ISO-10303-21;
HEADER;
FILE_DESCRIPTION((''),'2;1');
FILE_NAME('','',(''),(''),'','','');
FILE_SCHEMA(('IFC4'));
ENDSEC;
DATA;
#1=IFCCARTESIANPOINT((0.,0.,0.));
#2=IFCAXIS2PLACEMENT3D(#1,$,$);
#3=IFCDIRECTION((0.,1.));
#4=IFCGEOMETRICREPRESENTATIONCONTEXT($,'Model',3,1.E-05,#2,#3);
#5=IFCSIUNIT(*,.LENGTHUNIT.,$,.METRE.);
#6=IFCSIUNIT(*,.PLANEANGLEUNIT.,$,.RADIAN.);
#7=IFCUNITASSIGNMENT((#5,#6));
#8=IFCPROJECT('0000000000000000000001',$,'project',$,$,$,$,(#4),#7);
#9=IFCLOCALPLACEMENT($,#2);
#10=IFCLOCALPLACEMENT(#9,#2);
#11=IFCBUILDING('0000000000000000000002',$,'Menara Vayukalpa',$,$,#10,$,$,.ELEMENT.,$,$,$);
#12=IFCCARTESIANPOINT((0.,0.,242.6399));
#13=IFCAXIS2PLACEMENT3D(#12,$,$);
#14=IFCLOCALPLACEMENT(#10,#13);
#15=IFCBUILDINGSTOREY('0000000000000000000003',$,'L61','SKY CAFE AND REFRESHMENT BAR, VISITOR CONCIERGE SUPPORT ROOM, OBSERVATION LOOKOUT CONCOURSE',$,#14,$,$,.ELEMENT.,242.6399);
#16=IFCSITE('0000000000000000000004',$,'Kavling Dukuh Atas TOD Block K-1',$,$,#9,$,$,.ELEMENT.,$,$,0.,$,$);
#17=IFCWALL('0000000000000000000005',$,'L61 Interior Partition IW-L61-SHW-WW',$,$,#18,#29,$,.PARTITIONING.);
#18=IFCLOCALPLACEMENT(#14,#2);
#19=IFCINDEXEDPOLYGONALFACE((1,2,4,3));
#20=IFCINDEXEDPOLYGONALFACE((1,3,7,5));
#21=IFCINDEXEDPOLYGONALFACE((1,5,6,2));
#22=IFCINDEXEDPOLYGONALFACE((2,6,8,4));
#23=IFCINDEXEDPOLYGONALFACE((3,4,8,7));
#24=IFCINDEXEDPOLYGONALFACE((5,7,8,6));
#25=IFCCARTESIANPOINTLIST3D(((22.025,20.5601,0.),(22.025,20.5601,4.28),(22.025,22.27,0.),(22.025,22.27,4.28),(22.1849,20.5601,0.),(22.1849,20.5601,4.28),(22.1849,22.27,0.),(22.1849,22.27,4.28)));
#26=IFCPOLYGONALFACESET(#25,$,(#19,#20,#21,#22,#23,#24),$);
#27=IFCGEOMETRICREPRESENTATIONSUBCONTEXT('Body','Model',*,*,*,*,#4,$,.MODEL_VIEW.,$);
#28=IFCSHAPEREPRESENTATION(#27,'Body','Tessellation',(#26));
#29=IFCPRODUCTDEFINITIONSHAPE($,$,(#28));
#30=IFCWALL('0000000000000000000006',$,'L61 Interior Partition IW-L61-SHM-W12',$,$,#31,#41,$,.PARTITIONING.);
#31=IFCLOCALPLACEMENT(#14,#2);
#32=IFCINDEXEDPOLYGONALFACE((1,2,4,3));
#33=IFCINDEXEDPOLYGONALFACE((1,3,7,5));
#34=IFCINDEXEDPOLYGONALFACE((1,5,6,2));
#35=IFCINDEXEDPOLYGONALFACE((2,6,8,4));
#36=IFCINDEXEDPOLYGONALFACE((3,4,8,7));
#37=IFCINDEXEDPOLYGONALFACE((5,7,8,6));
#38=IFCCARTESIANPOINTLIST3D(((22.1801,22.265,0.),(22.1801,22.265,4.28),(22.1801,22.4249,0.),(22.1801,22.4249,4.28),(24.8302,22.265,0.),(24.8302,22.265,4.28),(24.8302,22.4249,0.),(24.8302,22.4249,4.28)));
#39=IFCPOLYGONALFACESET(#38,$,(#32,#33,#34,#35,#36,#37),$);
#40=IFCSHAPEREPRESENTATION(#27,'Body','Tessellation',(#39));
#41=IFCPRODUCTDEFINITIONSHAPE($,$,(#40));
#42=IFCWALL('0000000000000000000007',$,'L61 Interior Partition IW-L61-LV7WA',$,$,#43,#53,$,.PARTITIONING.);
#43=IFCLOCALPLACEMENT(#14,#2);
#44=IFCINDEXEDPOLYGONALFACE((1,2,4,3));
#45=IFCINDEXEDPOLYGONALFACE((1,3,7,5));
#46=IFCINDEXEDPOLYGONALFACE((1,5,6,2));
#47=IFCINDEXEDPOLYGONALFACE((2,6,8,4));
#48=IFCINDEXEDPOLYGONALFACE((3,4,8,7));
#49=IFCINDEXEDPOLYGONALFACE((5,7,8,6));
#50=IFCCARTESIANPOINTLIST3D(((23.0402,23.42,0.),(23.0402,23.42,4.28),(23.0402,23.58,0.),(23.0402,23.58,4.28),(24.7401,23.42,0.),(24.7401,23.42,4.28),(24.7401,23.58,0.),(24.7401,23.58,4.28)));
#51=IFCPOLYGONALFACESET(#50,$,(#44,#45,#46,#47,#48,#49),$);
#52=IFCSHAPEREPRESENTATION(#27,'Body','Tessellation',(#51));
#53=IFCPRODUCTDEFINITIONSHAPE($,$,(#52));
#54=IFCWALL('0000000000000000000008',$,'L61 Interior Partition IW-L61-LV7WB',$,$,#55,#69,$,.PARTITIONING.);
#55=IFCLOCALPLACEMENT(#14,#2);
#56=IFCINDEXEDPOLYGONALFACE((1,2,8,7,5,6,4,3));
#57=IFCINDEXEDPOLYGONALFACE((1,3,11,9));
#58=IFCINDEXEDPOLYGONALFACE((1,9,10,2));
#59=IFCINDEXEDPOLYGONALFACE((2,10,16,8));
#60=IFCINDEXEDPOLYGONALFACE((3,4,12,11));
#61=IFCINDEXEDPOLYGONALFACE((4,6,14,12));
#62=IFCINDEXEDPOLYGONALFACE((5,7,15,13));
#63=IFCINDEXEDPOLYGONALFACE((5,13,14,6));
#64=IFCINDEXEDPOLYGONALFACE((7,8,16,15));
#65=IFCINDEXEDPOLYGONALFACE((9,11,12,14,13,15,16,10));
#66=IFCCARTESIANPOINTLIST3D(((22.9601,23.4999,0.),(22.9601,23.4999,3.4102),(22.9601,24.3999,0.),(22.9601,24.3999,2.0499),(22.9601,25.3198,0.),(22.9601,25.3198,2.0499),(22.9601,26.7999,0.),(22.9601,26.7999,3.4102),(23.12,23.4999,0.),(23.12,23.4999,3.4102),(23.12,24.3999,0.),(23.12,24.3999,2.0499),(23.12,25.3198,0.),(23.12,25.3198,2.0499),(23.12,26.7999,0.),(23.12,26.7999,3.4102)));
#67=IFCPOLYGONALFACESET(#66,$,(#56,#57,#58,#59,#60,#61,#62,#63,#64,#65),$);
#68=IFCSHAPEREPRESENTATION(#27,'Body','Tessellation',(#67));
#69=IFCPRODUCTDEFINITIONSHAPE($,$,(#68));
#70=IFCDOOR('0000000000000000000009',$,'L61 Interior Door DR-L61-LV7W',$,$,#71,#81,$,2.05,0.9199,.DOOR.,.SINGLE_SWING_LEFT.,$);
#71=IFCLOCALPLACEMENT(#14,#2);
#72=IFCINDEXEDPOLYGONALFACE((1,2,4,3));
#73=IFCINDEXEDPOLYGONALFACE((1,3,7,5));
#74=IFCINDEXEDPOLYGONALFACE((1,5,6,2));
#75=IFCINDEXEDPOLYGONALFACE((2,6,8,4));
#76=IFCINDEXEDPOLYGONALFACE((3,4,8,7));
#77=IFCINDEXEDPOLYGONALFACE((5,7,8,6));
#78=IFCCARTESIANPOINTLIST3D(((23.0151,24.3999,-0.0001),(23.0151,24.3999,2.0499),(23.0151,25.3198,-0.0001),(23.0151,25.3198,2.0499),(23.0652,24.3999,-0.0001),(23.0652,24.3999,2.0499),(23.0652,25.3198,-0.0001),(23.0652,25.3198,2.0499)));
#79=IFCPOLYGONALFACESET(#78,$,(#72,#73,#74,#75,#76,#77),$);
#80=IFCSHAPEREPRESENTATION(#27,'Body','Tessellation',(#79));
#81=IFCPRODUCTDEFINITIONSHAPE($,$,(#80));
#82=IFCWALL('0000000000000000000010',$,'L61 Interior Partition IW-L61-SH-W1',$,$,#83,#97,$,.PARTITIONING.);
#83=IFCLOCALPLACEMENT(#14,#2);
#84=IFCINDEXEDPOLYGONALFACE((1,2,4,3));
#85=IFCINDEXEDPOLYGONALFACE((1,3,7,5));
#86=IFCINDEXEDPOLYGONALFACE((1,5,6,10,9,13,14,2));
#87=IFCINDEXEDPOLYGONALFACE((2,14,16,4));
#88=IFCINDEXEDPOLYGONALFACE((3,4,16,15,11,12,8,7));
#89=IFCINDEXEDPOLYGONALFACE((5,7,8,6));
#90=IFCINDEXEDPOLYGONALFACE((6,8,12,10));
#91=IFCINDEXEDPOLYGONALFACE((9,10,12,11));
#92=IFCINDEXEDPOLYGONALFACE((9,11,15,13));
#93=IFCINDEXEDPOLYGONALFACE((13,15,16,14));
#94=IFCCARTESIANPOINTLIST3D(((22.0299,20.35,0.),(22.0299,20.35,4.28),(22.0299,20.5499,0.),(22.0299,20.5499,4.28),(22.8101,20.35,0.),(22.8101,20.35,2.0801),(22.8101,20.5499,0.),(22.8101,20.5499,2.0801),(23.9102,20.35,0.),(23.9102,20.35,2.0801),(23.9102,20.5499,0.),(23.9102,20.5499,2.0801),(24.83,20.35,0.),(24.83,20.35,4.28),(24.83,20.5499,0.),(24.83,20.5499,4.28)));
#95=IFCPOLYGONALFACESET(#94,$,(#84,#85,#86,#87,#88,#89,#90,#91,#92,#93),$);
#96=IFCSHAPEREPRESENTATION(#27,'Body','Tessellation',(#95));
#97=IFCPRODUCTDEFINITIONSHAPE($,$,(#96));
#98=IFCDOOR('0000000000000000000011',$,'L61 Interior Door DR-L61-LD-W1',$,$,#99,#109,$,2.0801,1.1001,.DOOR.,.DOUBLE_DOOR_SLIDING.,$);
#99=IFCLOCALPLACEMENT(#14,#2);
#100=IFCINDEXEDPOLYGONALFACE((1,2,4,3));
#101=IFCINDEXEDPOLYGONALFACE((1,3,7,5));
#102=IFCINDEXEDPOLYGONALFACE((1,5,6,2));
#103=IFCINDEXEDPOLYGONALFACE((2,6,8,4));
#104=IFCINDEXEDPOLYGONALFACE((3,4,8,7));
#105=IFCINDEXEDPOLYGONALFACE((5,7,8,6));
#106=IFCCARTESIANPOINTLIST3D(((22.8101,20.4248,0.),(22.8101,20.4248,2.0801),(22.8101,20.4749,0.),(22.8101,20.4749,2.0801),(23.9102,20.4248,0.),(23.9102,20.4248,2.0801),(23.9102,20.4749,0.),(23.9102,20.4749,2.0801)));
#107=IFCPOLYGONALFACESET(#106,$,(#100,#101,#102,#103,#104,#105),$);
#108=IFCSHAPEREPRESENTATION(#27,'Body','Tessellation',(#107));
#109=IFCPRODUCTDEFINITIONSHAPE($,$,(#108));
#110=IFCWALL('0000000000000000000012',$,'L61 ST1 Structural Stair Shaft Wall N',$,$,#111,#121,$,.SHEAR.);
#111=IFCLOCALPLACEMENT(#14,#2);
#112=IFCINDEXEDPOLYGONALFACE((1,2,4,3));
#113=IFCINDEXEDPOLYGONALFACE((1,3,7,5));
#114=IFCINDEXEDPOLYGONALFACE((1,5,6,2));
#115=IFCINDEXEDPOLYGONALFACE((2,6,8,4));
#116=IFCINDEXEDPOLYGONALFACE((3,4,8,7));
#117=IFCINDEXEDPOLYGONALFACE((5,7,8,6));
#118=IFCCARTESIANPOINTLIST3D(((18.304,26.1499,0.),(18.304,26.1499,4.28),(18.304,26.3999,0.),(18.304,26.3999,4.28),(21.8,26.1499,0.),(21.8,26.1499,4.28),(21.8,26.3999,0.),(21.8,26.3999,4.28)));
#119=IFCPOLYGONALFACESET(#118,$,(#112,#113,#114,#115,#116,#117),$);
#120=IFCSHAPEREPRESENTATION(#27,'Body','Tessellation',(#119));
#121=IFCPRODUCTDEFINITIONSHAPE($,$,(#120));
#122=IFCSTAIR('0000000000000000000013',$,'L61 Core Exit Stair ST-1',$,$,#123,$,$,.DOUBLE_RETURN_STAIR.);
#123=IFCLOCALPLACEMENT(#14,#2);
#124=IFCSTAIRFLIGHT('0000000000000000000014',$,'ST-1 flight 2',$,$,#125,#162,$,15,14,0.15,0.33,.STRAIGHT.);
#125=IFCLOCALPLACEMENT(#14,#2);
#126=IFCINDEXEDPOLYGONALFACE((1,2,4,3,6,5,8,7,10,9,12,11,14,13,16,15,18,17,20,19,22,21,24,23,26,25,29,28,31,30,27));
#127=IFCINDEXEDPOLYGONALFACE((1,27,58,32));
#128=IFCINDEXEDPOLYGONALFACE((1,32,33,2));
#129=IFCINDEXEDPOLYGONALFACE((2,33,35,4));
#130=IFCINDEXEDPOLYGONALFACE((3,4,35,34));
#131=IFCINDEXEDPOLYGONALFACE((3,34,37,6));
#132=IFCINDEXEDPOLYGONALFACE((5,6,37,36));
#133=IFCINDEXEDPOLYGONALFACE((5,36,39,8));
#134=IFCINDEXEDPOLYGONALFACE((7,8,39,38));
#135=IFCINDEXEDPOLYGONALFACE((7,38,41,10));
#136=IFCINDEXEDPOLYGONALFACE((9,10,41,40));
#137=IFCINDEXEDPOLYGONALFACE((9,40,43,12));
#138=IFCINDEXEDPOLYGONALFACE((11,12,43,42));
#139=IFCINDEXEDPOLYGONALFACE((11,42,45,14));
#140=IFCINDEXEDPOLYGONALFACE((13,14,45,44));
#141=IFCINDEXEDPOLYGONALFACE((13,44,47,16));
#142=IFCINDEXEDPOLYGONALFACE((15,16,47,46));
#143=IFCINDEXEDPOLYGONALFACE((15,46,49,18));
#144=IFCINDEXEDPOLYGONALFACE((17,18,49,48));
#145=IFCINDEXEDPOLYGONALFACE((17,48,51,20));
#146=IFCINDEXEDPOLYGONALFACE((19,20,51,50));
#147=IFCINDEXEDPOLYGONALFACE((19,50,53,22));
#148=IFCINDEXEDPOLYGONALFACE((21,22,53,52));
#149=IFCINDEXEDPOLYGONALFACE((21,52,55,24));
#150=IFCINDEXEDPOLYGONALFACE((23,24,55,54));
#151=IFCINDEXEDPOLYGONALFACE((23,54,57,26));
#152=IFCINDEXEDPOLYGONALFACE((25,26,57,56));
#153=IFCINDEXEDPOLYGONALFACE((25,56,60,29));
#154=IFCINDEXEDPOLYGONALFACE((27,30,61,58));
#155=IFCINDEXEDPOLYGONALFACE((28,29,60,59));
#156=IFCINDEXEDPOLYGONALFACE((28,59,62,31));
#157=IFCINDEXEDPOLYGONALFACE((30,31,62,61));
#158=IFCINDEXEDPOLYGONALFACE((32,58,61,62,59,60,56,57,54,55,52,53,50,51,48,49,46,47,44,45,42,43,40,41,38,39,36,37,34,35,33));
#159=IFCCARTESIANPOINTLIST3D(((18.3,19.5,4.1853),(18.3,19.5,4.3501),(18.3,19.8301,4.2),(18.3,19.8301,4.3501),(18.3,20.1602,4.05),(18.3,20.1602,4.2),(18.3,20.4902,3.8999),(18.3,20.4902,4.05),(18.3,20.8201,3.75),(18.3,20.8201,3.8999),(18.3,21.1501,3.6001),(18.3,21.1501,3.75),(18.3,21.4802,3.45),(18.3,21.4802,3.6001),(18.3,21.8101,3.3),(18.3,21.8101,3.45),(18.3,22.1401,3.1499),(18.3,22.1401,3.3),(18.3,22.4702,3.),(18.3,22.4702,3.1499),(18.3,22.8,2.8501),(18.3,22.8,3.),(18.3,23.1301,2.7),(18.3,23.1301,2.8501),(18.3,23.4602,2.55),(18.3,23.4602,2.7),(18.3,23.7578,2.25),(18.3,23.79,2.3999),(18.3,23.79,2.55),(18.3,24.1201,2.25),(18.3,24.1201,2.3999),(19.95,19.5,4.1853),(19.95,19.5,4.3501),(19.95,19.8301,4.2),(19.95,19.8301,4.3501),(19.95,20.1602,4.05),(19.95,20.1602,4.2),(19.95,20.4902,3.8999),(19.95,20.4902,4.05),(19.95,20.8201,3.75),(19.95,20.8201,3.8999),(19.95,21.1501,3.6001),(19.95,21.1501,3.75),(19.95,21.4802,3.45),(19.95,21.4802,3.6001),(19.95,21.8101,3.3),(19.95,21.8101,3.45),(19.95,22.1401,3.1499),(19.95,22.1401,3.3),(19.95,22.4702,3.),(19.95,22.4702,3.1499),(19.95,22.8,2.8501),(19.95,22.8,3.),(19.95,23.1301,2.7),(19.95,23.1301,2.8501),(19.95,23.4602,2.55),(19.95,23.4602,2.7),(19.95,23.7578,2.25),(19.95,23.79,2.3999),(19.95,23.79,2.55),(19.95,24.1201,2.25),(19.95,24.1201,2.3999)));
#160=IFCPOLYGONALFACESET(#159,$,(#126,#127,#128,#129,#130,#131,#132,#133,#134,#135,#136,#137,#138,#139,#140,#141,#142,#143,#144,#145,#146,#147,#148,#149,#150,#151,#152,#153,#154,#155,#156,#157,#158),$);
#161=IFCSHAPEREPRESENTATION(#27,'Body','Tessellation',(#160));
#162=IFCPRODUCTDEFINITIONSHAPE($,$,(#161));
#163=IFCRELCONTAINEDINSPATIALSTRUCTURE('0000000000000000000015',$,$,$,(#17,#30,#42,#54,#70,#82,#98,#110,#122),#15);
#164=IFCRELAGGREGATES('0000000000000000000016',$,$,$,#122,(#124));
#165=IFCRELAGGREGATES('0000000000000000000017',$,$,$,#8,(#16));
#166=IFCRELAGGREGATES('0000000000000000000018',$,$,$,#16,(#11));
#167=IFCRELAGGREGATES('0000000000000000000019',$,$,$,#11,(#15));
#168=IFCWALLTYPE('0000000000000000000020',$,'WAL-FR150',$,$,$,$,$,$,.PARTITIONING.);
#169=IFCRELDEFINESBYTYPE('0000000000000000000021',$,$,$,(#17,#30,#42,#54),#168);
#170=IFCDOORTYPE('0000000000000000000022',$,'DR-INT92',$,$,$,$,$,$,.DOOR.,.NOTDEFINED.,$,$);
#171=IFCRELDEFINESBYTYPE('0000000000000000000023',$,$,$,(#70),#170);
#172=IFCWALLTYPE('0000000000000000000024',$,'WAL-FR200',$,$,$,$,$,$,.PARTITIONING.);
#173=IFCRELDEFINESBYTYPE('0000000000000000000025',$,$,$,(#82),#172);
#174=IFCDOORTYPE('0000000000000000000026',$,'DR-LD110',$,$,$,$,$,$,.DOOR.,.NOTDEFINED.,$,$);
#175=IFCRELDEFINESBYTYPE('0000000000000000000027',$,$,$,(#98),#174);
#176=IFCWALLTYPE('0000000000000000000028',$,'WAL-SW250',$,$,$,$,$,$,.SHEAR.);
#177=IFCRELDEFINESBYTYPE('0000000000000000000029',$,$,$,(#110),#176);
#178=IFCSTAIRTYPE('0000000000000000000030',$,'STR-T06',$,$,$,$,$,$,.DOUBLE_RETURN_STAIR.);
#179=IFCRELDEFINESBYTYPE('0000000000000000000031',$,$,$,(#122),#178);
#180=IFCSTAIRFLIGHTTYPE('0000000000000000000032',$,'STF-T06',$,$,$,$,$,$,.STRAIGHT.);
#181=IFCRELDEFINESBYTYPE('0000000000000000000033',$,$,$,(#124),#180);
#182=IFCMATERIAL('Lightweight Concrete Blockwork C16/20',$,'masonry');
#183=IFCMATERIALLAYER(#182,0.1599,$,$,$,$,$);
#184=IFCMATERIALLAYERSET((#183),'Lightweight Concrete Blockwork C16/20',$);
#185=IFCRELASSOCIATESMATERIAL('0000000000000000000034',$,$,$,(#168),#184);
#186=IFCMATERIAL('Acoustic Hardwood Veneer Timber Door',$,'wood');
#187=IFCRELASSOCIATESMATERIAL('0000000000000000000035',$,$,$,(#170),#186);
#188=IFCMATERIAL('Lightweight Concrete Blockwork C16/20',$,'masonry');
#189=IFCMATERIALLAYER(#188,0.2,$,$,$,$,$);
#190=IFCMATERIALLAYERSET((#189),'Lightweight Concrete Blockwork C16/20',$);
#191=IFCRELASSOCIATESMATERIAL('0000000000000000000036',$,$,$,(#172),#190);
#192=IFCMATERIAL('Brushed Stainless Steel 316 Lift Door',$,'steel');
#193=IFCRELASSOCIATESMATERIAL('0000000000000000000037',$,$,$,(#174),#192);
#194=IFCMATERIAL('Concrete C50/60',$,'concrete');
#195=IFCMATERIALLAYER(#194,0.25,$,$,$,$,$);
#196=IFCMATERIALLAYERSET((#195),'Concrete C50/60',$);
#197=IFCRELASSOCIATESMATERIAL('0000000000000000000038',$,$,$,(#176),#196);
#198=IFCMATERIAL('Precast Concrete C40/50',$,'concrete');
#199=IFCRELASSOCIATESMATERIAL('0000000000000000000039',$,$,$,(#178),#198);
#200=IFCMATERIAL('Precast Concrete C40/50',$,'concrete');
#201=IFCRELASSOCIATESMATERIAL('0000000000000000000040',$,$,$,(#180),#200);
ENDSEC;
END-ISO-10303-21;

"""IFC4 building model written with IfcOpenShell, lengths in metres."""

from ifc_helpers import new_model, si_unit, direction, frame, frame_2d, origin, place, context, subcontext, project, spatial, polyline, rectangle, outline, extrude, material, layer, layer_set, type_object, element, fill, aggregate, save


model = new_model("IFC4")

# Units and contexts
model_context = context("Model", 3, precision=1e-05, world=origin(), true_north=direction((0.0, 1.0)))
body_context = subcontext(model_context, "Body", "Model", "MODEL_VIEW")
ifc_project = project(units=[si_unit("LENGTHUNIT", "METRE"), si_unit("PLANEANGLEUNIT", "RADIAN")], contexts=[model_context])

# Site, building, storey
site_placement = place(None, origin())
site = spatial("IfcSite", under=ifc_project, at=site_placement, Name="Kavling Dukuh Atas TOD Block K-1", CompositionType="ELEMENT", RefElevation=0.0)
building_placement = place(site_placement, origin())
building = spatial("IfcBuilding", under=site, at=building_placement, Name="Menara Vayukalpa", CompositionType="ELEMENT")
storey_placement = place(building_placement, frame((0.0, 0.0, 242.6399)))
storey = spatial("IfcBuildingStorey", under=building, at=storey_placement, Name="L61", Description="SKY CAFE AND REFRESHMENT BAR, VISITOR CONCIERGE SUPPORT ROOM, OBSERVATION LOOKOUT CONCOURSE", CompositionType="ELEMENT", Elevation=242.6399)

# Walls
ifc_material_1 = material(Name="Lightweight Concrete Blockwork C16/20", Category="masonry")
ifc_layer_1 = layer(ifc_material_1, 0.1599)
ifc_layer_set_1 = layer_set([ifc_layer_1], Name="Lightweight Concrete Blockwork C16/20")
wall_type_1 = type_object("IfcWallType", Name="WAL-FR150", PredefinedType="PARTITIONING", material=ifc_layer_set_1)
wall_1_placement = place(storey_placement, frame((22.105, 20.5601, 0.0), z_axis=(0.0, 0.0, 1.0), x_axis=(0.0, 1.0, 0.0)))
element("IfcWall", 1, at=wall_1_placement, inside=storey, type_object=wall_type_1, Name="L61 Interior Partition IW-L61-SHW-WW", PredefinedType="PARTITIONING", context=body_context, shape_type="SweptSolid", body=[
    extrude(rectangle(XDim=1.71, YDim=0.1599, at=frame_2d((0.855, 0.0))), origin(), (0.0, 0.0, 1.0), 4.28),
])
wall_2_placement = place(storey_placement, frame((22.1799, 22.345, 0.0), z_axis=(0.0, 0.0, 1.0), x_axis=(1.0, 0.0, 0.0)))
element("IfcWall", 2, at=wall_2_placement, inside=storey, type_object=wall_type_1, Name="L61 Interior Partition IW-L61-SHM-W12", PredefinedType="PARTITIONING", context=body_context, shape_type="SweptSolid", body=[
    extrude(rectangle(XDim=2.6501, YDim=0.1599, at=frame_2d((1.3252, 0.0))), origin(), (0.0, 0.0, 1.0), 4.28),
])
wall_3_placement = place(storey_placement, frame((23.04, 23.5, 0.0), z_axis=(0.0, 0.0, 1.0), x_axis=(1.0, 0.0, 0.0)))
element("IfcWall", 3, at=wall_3_placement, inside=storey, type_object=wall_type_1, Name="L61 Interior Partition IW-L61-LV7WA", PredefinedType="PARTITIONING", context=body_context, shape_type="SweptSolid", body=[
    extrude(rectangle(XDim=1.7, YDim=0.1599, at=frame_2d((0.8501, 0.0))), origin(), (0.0, 0.0, 1.0), 4.28),
])

# Walls, openings, doors
wall_4_placement = place(storey_placement, frame((23.04, 23.5, 0.0), z_axis=(0.0, 0.0, 1.0), x_axis=(0.0, 1.0, 0.0)))
wall_4 = element("IfcWall", 4, at=wall_4_placement, inside=storey, type_object=wall_type_1, Name="L61 Interior Partition IW-L61-LV7WB", PredefinedType="PARTITIONING", context=body_context, shape_type="SweptSolid", body=[
    extrude(rectangle(XDim=3.3, YDim=0.1599, at=frame_2d((1.6499, 0.0))), origin(), (0.0, 0.0, 1.0), 3.4102),
])
opening_1_placement = place(wall_4_placement, frame((0.8999, 0.0, 0.0)))
opening_1 = element("IfcOpeningElement", 5, at=opening_1_placement, cuts=wall_4, PredefinedType="OPENING", context=body_context, shape_type="SweptSolid", body=[
    extrude(rectangle(XDim=0.9199, YDim=2.05, at=frame_2d((0.46, 1.0249))), frame((0.0, 0.0898, 0.0), z_axis=(0.0, -1.0, 0.0), x_axis=(1.0, 0.0, 0.0)), (0.0, 0.0, 1.0), 0.1799),
])
ifc_material_2 = material(Name="Acoustic Hardwood Veneer Timber Door", Category="wood")
door_type_1 = type_object("IfcDoorType", Name="DR-INT92", OperationType="NOTDEFINED", PredefinedType="DOOR", material=ifc_material_2)
door_1_placement = place(opening_1_placement, origin())
door_1 = element("IfcDoor", 6, at=door_1_placement, inside=storey, type_object=door_type_1, Name="L61 Interior Door DR-L61-LV7W", OperationType="SINGLE_SWING_LEFT", OverallHeight=2.05, OverallWidth=0.9199, PredefinedType="DOOR", context=body_context, shape_type="SweptSolid", body=[
    extrude(rectangle(XDim=0.9199, YDim=2.05, at=frame_2d((0.46, 1.0249))), frame((0.0, 0.0249, 0.0), z_axis=(0.0, -1.0, 0.0), x_axis=(1.0, 0.0, 0.0)), (0.0, 0.0, 1.0), 0.05),
])
fill(opening_1, door_1)
ifc_material_3 = material(Name="Lightweight Concrete Blockwork C16/20", Category="masonry")
ifc_layer_2 = layer(ifc_material_3, 0.2)
ifc_layer_set_2 = layer_set([ifc_layer_2], Name="Lightweight Concrete Blockwork C16/20")
wall_type_2 = type_object("IfcWallType", Name="WAL-FR200", PredefinedType="PARTITIONING", material=ifc_layer_set_2)
wall_5_placement = place(storey_placement, frame((22.03, 20.45, 0.0), z_axis=(0.0, 0.0, 1.0), x_axis=(1.0, 0.0, 0.0)))
wall_5 = element("IfcWall", 7, at=wall_5_placement, inside=storey, type_object=wall_type_2, Name="L61 Interior Partition IW-L61-SH-W1", PredefinedType="PARTITIONING", context=body_context, shape_type="SweptSolid", body=[
    extrude(rectangle(XDim=2.8, YDim=0.2, at=frame_2d((1.3999, 0.0))), origin(), (0.0, 0.0, 1.0), 4.28),
])
opening_2_placement = place(wall_5_placement, frame((0.78, 0.0, 0.0)))
opening_2 = element("IfcOpeningElement", 8, at=opening_2_placement, cuts=wall_5, PredefinedType="OPENING", context=body_context, shape_type="SweptSolid", body=[
    extrude(rectangle(XDim=1.1001, YDim=2.0801, at=frame_2d((0.55, 1.04))), frame((0.0, 0.1099, 0.0), z_axis=(0.0, -1.0, 0.0), x_axis=(1.0, 0.0, 0.0)), (0.0, 0.0, 1.0), 0.22),
])
ifc_material_4 = material(Name="Brushed Stainless Steel 316 Lift Door", Category="steel")
door_type_2 = type_object("IfcDoorType", Name="DR-LD110", OperationType="NOTDEFINED", PredefinedType="DOOR", material=ifc_material_4)
door_2_placement = place(opening_2_placement, origin())
door_2 = element("IfcDoor", 9, at=door_2_placement, inside=storey, type_object=door_type_2, Name="L61 Interior Door DR-L61-LD-W1", OperationType="DOUBLE_DOOR_SLIDING", OverallHeight=2.0801, OverallWidth=1.1001, PredefinedType="DOOR", context=body_context, shape_type="SweptSolid", body=[
    extrude(rectangle(XDim=1.1001, YDim=2.0801, at=frame_2d((0.55, 1.04))), frame((0.0, 0.0249, 0.0), z_axis=(0.0, -1.0, 0.0), x_axis=(1.0, 0.0, 0.0)), (0.0, 0.0, 1.0), 0.05),
])
fill(opening_2, door_2)

# Wall
ifc_material_5 = material(Name="Concrete C50/60", Category="concrete")
ifc_layer_3 = layer(ifc_material_5, 0.25)
ifc_layer_set_3 = layer_set([ifc_layer_3], Name="Concrete C50/60")
wall_type_3 = type_object("IfcWallType", Name="WAL-SW250", PredefinedType="SHEAR", material=ifc_layer_set_3)
wall_6_placement = place(storey_placement, frame((18.304, 26.2749, 0.0), z_axis=(0.0, 0.0, 1.0), x_axis=(1.0, 0.0, 0.0)))
element("IfcWall", 10, at=wall_6_placement, inside=storey, type_object=wall_type_3, Name="L61 ST1 Structural Stair Shaft Wall N", PredefinedType="SHEAR", context=body_context, shape_type="SweptSolid", body=[
    extrude(rectangle(XDim=3.4961, YDim=0.25, at=frame_2d((1.748, 0.0))), origin(), (0.0, 0.0, 1.0), 4.28),
])

# Stair, stair flight
ifc_material_6 = material(Name="Precast Concrete C40/50", Category="concrete")
stair_type = type_object("IfcStairType", Name="STR-T06", PredefinedType="DOUBLE_RETURN_STAIR", material=ifc_material_6)
stair_placement = place(storey_placement, origin())
stair = element("IfcStair", 11, at=stair_placement, inside=storey, type_object=stair_type, Name="L61 Core Exit Stair ST-1", PredefinedType="DOUBLE_RETURN_STAIR")
ifc_material_7 = material(Name="Precast Concrete C40/50", Category="concrete")
stair_flight_type = type_object("IfcStairFlightType", Name="STF-T06", PredefinedType="STRAIGHT", material=ifc_material_7)
stair_flight_placement = place(storey_placement, frame((19.125, 24.1201, 2.25), z_axis=(0.0, 0.0, 1.0), x_axis=(0.0, -1.0, 0.0)))
stair_flight = element("IfcStairFlight", 12, at=stair_flight_placement, type_object=stair_flight_type, Name="ST-1 flight 2", NumberOfRisers=15, NumberOfTreads=14, PredefinedType="STRAIGHT", RiserHeight=0.15, TreadLength=0.33, context=body_context, shape_type="SweptSolid", body=[
    extrude(outline(polyline([(0.0, 0.0), (0.0, 0.1499), (0.3301, 0.1499), (0.3301, 0.3), (0.6599, 0.3), (0.6599, 0.45), (0.99, 0.45), (0.99, 0.6001), (1.3201, 0.6001), (1.3201, 0.75), (1.6499, 0.75), (1.6499, 0.8999), (1.98, 0.8999), (1.98, 1.05), (2.3101, 1.05), (2.3101, 1.2), (2.6399, 1.2), (2.6399, 1.3501), (2.97, 1.3501), (2.97, 1.5), (3.3, 1.5), (3.3, 1.6499), (3.6299, 1.6499), (3.6299, 1.8), (3.96, 1.8), (3.96, 1.95), (4.29, 1.95), (4.29, 2.1001), (4.6201, 2.1001), (4.6201, 2.25), (4.6201, 1.9353), (0.3623, 0.0), (0.0, 0.0)])), frame((0.0, 0.825, 0.0), z_axis=(0.0, -1.0, 0.0), x_axis=(1.0, 0.0, 0.0)), (0.0, 0.0, 1.0), 1.6499),
])
aggregate(stair, [stair_flight])

save(model, "model.ifc")
